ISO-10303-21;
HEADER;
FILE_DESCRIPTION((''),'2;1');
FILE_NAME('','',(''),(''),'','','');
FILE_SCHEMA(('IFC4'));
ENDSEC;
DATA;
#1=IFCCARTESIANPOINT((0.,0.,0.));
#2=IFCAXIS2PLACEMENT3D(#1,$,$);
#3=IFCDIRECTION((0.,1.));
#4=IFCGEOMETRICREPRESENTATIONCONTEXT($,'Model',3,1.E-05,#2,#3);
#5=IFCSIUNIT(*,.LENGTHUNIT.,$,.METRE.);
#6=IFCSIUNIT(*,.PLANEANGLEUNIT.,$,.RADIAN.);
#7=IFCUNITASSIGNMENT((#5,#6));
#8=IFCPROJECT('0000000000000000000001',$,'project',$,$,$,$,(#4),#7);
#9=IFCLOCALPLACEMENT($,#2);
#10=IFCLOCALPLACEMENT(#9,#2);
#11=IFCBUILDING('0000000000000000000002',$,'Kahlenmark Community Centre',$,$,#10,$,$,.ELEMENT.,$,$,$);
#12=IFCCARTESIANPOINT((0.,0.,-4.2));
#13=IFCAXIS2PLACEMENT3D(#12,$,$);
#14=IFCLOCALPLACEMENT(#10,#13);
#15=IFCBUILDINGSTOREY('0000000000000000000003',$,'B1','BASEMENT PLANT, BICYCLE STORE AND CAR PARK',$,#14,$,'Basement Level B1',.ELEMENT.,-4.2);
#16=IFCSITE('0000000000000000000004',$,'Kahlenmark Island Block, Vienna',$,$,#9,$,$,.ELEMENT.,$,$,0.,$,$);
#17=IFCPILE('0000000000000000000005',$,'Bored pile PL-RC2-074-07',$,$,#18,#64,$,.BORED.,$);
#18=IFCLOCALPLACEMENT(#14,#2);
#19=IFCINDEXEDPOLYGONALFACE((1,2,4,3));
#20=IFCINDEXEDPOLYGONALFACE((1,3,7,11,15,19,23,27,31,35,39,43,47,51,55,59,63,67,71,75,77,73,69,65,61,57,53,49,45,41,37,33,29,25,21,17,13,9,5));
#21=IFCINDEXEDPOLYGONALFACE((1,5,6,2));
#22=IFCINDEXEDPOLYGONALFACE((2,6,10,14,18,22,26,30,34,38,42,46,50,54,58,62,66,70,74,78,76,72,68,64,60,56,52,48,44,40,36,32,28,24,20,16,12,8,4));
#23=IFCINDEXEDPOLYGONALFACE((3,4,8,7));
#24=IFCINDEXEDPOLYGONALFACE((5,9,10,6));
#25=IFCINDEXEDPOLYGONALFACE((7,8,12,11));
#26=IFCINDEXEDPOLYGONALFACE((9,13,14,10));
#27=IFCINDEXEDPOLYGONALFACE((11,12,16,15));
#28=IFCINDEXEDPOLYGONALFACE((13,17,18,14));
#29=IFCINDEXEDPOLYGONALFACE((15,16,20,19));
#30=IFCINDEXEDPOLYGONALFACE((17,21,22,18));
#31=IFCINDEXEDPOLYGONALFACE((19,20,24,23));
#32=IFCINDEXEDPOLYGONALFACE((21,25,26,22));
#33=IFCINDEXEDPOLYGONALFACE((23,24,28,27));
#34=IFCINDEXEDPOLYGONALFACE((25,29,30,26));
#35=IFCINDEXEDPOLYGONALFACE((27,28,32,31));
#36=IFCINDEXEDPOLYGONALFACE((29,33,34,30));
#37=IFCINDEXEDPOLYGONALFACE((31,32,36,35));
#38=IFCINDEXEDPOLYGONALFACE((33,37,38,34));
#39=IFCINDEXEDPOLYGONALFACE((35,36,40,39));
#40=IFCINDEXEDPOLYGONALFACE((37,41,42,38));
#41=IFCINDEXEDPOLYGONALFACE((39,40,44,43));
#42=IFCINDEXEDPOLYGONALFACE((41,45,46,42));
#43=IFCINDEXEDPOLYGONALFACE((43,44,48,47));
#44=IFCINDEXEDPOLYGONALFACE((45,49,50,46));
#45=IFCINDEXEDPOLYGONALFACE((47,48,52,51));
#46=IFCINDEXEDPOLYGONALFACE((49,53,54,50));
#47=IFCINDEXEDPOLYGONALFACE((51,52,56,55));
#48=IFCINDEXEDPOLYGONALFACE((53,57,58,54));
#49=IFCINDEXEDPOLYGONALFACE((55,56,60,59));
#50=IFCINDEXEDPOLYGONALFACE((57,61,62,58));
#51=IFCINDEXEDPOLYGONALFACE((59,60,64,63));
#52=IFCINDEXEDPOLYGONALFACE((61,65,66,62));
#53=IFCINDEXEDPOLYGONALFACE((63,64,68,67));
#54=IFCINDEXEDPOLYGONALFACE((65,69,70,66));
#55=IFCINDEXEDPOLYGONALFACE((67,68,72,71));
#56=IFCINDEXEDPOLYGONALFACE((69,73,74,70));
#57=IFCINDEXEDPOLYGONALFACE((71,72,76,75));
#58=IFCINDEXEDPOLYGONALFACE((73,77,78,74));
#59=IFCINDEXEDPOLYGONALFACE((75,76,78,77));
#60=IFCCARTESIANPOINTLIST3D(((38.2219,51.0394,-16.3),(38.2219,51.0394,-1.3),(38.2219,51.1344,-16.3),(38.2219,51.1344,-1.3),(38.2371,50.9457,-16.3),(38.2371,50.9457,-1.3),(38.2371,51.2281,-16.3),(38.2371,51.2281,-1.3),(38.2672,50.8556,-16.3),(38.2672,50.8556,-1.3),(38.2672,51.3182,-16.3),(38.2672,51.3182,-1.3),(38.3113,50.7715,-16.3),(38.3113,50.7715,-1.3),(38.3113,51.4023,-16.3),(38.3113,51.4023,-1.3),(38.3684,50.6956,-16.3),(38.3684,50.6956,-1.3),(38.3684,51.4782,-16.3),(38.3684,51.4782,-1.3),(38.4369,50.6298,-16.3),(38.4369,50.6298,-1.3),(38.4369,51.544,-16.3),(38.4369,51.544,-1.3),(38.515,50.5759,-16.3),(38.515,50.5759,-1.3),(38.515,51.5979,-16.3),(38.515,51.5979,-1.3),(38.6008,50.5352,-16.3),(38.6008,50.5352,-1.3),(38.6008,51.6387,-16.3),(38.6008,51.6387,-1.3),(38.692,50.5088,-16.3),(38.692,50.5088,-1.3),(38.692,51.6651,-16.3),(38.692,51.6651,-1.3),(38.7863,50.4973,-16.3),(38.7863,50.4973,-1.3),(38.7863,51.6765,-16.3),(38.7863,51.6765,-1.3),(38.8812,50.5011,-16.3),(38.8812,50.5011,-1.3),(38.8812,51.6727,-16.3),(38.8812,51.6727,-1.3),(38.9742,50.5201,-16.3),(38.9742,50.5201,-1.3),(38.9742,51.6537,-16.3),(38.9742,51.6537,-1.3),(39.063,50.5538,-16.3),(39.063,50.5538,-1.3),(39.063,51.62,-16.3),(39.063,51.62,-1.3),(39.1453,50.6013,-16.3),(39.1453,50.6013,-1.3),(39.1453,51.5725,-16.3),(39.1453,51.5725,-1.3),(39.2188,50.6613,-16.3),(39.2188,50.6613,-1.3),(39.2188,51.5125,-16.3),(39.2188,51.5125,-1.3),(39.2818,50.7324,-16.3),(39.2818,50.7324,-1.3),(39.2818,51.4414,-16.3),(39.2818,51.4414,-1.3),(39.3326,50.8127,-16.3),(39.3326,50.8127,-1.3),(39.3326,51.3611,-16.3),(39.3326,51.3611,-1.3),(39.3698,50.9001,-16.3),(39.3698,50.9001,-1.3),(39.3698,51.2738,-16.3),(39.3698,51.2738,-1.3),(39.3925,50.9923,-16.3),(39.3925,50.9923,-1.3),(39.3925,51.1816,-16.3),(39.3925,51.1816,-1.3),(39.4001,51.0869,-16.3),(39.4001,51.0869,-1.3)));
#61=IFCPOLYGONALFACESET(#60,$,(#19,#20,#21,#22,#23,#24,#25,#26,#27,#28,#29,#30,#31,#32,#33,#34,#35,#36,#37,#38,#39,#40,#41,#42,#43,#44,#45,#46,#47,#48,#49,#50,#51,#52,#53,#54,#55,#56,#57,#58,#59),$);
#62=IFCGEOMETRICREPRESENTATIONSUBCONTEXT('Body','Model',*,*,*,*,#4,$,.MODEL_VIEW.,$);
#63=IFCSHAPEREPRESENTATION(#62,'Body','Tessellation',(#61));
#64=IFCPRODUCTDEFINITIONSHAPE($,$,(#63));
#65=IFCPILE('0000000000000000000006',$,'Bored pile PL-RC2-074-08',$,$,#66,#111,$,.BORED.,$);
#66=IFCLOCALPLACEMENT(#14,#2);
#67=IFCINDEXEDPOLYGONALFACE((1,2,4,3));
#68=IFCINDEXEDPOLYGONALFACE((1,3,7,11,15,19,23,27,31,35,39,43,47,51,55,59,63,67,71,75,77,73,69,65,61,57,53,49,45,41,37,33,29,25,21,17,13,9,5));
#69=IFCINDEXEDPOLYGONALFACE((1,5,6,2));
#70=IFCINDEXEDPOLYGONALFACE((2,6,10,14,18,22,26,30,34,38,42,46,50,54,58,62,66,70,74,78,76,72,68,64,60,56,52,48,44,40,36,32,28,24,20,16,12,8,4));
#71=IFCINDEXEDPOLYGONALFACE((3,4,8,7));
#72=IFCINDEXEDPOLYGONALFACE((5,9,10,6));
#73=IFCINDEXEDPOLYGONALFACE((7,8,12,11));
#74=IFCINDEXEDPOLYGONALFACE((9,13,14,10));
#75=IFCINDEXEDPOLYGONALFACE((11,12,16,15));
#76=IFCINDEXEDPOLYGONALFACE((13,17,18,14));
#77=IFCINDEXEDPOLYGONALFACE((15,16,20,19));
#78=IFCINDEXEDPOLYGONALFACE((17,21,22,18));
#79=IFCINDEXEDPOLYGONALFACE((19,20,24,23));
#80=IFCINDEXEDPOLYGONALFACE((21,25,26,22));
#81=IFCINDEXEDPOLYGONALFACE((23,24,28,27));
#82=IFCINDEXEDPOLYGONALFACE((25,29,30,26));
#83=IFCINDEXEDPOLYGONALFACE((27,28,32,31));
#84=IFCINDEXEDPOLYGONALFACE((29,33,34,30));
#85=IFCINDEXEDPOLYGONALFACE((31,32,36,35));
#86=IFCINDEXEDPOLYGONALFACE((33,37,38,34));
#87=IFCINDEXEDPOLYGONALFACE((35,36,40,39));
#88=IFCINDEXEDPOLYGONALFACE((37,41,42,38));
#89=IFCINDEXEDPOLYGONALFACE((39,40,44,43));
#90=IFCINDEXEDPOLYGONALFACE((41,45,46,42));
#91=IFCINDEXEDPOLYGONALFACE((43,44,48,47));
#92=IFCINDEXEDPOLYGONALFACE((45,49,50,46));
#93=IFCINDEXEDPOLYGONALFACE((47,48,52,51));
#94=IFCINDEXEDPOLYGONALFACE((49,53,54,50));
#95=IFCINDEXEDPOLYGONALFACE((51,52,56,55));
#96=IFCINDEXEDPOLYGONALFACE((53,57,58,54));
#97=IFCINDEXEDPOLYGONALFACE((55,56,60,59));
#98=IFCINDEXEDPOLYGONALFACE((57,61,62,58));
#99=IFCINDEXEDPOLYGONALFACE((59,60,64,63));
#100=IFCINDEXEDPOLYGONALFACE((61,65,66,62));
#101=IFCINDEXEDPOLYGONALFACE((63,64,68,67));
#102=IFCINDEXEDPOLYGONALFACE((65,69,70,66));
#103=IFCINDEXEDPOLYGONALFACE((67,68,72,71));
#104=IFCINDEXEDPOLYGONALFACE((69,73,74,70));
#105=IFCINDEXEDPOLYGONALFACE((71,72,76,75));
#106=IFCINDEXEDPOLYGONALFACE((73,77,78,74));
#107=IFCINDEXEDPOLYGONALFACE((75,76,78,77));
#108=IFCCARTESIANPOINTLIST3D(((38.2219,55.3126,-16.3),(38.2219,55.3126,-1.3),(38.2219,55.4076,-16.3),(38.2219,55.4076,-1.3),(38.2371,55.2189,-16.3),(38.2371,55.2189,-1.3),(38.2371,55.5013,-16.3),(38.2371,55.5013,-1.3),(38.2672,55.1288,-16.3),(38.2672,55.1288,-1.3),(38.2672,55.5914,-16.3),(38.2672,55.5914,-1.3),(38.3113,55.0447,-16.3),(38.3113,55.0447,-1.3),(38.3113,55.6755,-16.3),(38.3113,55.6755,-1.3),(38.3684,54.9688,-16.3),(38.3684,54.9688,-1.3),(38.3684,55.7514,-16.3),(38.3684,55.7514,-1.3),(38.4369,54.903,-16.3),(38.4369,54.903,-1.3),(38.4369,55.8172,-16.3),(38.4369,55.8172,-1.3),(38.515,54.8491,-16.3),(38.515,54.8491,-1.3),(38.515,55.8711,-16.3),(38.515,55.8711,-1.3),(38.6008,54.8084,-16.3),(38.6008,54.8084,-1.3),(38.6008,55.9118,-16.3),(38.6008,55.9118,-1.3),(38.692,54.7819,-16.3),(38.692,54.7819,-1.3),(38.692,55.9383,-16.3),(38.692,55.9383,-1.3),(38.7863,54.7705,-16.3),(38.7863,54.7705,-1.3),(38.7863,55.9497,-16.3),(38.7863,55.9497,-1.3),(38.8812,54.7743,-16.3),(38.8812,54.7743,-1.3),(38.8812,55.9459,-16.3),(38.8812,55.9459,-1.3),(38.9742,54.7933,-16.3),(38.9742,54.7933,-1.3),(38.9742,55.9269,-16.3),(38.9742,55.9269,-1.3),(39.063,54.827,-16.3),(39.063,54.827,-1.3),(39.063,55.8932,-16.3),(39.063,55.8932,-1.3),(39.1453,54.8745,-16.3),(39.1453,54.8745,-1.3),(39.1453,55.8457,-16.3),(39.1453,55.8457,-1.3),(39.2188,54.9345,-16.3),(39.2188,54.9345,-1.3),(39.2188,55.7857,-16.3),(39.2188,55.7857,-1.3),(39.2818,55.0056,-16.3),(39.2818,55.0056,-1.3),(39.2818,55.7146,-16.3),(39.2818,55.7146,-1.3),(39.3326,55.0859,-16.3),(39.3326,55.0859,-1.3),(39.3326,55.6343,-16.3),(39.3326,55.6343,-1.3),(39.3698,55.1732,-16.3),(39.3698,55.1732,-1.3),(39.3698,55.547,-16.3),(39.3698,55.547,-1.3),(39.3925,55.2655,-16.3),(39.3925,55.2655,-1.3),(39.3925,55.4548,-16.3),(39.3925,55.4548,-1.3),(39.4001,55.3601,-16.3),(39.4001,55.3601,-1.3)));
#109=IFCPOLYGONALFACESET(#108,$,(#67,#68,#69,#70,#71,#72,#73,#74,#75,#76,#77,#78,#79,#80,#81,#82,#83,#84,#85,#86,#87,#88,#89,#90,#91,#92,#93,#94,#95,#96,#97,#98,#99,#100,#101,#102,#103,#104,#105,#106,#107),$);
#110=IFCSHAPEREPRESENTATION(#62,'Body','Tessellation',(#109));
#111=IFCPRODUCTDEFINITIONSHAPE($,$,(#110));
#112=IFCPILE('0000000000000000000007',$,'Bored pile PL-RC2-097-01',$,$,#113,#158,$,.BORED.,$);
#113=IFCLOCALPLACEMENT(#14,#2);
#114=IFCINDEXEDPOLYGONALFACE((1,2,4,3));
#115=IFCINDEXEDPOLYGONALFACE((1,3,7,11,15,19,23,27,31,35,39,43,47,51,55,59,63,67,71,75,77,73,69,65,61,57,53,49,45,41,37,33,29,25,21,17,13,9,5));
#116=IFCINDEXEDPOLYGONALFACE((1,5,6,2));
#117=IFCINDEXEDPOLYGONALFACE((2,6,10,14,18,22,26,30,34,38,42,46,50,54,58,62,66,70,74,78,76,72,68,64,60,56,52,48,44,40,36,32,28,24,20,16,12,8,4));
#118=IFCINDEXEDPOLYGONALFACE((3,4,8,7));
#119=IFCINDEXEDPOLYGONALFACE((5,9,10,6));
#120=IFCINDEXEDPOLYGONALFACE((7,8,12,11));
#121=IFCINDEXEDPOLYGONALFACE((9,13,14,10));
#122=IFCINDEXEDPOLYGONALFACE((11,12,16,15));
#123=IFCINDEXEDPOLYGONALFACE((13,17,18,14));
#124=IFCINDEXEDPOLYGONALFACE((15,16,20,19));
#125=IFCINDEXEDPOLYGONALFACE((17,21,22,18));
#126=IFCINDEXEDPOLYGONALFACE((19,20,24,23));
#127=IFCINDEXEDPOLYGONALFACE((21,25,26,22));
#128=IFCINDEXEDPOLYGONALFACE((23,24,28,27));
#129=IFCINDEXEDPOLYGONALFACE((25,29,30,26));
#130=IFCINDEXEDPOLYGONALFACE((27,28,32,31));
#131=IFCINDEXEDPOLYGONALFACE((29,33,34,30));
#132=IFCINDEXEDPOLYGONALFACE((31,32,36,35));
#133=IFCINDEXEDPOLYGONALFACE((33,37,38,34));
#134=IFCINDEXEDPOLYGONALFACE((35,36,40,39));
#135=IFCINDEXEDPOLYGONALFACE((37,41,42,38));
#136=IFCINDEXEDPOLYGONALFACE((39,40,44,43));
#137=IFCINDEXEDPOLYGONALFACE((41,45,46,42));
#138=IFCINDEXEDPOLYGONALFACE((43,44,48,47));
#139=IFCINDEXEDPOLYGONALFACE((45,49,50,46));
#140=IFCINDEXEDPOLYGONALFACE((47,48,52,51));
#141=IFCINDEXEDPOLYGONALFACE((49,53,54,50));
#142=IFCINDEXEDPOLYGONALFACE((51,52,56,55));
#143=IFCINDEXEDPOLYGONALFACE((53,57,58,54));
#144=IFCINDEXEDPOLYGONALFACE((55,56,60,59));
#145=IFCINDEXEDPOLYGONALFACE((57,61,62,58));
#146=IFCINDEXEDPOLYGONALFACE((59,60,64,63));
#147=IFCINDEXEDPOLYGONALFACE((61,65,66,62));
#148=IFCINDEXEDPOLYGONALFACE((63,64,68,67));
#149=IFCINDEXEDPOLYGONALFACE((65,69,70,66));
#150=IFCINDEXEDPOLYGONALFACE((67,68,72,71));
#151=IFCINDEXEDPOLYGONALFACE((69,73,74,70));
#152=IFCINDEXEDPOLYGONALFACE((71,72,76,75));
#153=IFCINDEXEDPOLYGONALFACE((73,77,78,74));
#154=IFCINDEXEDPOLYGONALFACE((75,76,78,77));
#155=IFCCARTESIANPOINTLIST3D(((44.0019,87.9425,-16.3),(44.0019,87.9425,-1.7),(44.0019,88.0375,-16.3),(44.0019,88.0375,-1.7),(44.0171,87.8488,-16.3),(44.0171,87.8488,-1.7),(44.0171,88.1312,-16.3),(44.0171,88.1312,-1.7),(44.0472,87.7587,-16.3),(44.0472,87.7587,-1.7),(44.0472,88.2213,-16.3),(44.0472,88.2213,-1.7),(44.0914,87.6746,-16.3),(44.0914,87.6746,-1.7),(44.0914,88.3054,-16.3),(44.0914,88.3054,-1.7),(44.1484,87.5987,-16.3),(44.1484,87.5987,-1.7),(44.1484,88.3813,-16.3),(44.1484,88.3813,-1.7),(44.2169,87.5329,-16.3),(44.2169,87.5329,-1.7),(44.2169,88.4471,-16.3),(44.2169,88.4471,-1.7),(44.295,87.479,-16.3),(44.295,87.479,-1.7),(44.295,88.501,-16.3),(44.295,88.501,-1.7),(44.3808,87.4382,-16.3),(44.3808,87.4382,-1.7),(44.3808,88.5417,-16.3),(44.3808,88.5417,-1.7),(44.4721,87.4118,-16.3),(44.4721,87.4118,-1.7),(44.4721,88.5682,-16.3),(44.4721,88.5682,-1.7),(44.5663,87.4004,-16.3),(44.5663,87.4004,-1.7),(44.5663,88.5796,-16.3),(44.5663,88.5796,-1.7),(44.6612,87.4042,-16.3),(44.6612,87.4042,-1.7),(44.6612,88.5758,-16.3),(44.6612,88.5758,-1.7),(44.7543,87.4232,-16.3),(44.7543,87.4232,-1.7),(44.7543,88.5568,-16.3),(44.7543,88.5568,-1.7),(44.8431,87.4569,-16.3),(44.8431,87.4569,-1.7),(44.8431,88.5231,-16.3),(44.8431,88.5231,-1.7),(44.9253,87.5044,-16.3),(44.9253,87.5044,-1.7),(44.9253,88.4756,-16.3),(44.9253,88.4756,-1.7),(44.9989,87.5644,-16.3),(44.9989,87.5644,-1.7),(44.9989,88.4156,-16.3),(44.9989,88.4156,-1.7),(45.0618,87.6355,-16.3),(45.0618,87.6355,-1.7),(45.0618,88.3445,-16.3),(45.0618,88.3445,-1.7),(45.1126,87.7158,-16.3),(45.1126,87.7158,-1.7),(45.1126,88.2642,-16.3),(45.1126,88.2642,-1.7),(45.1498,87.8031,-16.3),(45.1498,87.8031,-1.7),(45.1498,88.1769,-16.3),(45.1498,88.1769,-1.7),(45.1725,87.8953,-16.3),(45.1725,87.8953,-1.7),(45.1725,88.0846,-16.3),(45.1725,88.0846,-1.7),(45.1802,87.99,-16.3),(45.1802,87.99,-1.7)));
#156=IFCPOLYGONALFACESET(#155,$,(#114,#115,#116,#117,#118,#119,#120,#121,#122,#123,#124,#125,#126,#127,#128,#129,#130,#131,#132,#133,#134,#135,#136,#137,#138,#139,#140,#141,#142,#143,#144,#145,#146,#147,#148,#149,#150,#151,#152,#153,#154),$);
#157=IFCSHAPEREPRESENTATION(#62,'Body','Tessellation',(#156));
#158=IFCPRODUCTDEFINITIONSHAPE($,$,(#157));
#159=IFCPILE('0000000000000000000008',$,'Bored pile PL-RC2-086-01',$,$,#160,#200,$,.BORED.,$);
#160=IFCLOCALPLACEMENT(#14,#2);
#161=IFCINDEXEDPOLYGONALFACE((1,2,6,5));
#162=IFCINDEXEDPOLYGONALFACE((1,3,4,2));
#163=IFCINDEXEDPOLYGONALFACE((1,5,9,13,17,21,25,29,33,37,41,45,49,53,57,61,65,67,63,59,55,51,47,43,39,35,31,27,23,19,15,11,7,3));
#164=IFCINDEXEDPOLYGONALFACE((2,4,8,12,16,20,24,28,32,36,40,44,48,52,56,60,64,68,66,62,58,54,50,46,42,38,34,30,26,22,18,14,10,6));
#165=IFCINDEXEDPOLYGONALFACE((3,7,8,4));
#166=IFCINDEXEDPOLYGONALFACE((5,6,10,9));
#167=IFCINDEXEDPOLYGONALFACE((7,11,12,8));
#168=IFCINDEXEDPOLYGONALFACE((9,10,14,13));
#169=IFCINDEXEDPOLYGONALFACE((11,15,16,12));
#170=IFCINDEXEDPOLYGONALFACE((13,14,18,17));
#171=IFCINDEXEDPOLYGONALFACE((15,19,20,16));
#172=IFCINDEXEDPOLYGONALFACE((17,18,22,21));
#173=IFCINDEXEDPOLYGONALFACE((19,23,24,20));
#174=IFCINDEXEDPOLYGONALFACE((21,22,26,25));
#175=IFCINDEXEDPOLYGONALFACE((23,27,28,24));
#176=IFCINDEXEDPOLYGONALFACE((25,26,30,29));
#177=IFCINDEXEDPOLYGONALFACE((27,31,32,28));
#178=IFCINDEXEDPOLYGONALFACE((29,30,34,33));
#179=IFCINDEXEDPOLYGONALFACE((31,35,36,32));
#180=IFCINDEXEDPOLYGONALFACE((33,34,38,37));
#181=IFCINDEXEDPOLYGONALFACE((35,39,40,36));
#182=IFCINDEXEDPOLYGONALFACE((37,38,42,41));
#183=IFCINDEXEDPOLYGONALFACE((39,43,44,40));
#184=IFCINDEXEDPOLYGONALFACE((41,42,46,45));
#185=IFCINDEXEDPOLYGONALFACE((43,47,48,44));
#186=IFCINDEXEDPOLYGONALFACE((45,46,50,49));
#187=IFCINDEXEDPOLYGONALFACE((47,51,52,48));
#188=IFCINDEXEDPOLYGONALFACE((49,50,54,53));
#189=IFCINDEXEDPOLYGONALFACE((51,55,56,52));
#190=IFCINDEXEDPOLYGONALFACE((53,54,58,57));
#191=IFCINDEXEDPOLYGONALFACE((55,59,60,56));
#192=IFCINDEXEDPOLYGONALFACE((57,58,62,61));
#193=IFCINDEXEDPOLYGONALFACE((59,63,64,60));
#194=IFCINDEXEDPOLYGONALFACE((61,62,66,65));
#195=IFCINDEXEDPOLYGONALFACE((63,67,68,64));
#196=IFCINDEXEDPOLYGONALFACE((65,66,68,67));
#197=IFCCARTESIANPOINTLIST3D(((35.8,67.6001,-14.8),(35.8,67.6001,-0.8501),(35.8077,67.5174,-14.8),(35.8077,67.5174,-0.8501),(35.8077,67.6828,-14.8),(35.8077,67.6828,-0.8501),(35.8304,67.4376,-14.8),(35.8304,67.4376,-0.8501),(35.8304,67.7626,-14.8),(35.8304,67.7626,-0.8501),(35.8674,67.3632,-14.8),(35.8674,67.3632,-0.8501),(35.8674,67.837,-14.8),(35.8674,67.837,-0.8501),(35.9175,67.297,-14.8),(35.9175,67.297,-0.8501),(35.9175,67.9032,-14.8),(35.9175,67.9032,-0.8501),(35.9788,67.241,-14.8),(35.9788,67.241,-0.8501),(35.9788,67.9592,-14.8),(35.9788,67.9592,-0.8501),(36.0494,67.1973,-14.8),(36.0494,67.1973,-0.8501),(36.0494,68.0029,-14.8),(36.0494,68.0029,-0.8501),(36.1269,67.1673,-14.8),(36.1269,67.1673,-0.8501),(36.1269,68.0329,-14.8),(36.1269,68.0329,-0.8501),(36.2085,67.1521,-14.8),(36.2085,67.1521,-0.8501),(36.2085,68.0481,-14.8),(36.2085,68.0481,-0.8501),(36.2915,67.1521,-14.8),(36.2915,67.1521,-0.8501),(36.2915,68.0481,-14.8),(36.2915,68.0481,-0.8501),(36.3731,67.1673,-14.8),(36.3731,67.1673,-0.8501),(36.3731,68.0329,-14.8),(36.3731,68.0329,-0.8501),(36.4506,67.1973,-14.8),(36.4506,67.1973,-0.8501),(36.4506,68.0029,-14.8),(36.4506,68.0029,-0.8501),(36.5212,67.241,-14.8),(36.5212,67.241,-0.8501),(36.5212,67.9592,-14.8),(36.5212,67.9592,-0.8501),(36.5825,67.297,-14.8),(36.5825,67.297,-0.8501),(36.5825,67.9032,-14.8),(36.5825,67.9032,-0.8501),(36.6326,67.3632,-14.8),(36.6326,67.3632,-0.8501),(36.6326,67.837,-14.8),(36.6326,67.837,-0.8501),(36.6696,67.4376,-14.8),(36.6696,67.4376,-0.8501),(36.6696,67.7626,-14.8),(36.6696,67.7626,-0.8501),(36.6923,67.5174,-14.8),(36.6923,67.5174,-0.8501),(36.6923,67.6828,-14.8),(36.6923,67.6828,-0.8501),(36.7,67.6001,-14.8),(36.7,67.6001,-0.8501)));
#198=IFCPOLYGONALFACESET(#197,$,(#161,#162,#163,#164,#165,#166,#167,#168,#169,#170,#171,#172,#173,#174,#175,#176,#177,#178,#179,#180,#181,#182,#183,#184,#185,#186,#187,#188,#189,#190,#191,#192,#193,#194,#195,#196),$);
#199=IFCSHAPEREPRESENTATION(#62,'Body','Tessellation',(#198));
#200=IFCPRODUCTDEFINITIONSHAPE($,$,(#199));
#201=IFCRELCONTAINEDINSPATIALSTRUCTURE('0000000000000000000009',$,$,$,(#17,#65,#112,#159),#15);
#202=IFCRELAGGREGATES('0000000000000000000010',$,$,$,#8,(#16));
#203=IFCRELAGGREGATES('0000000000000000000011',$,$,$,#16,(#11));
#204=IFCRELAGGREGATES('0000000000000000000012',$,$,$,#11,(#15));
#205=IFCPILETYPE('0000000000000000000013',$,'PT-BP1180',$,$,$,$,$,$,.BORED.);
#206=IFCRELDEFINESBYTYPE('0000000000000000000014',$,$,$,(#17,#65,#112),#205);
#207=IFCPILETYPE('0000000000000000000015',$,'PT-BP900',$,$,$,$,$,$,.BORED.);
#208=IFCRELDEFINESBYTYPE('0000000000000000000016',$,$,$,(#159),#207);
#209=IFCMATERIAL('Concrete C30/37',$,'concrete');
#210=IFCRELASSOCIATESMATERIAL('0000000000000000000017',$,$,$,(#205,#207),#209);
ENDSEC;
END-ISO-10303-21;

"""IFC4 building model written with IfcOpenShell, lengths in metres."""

from ifc_helpers import new_model, si_unit, direction, frame, origin, origin_2d, place, context, subcontext, project, spatial, circle, extrude, material, material_profile, profile_set, type_object, element, save


model = new_model("IFC4")

# Units and contexts
model_context = context("Model", 3, precision=1e-05, world=origin(), true_north=direction((0.0, 1.0)))
body_context = subcontext(model_context, "Body", "Model", "MODEL_VIEW")
ifc_project = project(units=[si_unit("LENGTHUNIT", "METRE"), si_unit("PLANEANGLEUNIT", "RADIAN")], contexts=[model_context])

# Site, building, storey
site_placement = place(None, origin())
site = spatial("IfcSite", under=ifc_project, at=site_placement, Name="Kahlenmark Island Block, Vienna", CompositionType="ELEMENT", RefElevation=0.0)
building_placement = place(site_placement, origin())
building = spatial("IfcBuilding", under=site, at=building_placement, Name="Kahlenmark Community Centre", CompositionType="ELEMENT")
storey_placement = place(building_placement, frame((0.0, 0.0, -4.2)))
storey = spatial("IfcBuildingStorey", under=building, at=storey_placement, Name="B1", Description="BASEMENT PLANT, BICYCLE STORE AND CAR PARK", LongName="Basement Level B1", CompositionType="ELEMENT", Elevation=-4.2)

# Shared definitions
ifc_material_1 = material(Name="Concrete C30/37", Category="concrete")

# Piles
ifc_material_profile_1 = material_profile(ifc_material_1, circle(Radius=0.5901, at=origin_2d()), Name="BORED PILE 1180")
ifc_profile_set_1 = profile_set([ifc_material_profile_1], Name="Concrete C30/37")
pile_type_1 = type_object("IfcPileType", Name="PT-BP1180", PredefinedType="BORED", material=ifc_profile_set_1)
for number, where, z_axis, x_axis, name in (
    (1, (38.8101, 51.0869, -1.3), (0.0, 0.0, -1.0), (1.0, 0.0, 0.0), "Bored pile PL-RC2-074-07"),
    (2, (38.8101, 55.3601, -1.3), (0.0, 0.0, -1.0), (1.0, 0.0, 0.0), "Bored pile PL-RC2-074-08"),
):
    element("IfcPile", number, at=place(storey_placement, frame(where, z_axis=z_axis, x_axis=x_axis)), inside=storey, type_object=pile_type_1, Name=name, PredefinedType="BORED", context=body_context, shape_type="SweptSolid", body=[
        extrude(circle(Radius=0.5901, at=origin_2d()), origin(), (0.0, 0.0, 1.0), 15.0),
    ])
pile_1_placement = place(storey_placement, frame((44.5901, 87.99, -1.7), z_axis=(0.0, 0.0, -1.0), x_axis=(1.0, 0.0, 0.0)))
element("IfcPile", 3, at=pile_1_placement, inside=storey, type_object=pile_type_1, Name="Bored pile PL-RC2-097-01", PredefinedType="BORED", context=body_context, shape_type="SweptSolid", body=[
    extrude(circle(Radius=0.5901, at=origin_2d()), origin(), (0.0, 0.0, 1.0), 14.6001),
])
ifc_material_profile_2 = material_profile(ifc_material_1, circle(Radius=0.45, at=origin_2d()), Name="BORED PILE 900")
ifc_profile_set_2 = profile_set([ifc_material_profile_2], Name="Concrete C30/37")
pile_type_2 = type_object("IfcPileType", Name="PT-BP900", PredefinedType="BORED", material=ifc_profile_set_2)
for number, where, z_axis, x_axis, name in (
    (4, (36.25, 67.6001, -0.8501), (0.0, 0.0, -1.0), (1.0, 0.0, 0.0), "Bored pile PL-RC2-086-01"),
):
    element("IfcPile", number, at=place(storey_placement, frame(where, z_axis=z_axis, x_axis=x_axis)), inside=storey, type_object=pile_type_2, Name=name, PredefinedType="BORED", context=body_context, shape_type="SweptSolid", body=[
        extrude(circle(Radius=0.45, at=origin_2d()), origin(), (0.0, 0.0, 1.0), 13.95),
    ])

save(model, "model.ifc")
